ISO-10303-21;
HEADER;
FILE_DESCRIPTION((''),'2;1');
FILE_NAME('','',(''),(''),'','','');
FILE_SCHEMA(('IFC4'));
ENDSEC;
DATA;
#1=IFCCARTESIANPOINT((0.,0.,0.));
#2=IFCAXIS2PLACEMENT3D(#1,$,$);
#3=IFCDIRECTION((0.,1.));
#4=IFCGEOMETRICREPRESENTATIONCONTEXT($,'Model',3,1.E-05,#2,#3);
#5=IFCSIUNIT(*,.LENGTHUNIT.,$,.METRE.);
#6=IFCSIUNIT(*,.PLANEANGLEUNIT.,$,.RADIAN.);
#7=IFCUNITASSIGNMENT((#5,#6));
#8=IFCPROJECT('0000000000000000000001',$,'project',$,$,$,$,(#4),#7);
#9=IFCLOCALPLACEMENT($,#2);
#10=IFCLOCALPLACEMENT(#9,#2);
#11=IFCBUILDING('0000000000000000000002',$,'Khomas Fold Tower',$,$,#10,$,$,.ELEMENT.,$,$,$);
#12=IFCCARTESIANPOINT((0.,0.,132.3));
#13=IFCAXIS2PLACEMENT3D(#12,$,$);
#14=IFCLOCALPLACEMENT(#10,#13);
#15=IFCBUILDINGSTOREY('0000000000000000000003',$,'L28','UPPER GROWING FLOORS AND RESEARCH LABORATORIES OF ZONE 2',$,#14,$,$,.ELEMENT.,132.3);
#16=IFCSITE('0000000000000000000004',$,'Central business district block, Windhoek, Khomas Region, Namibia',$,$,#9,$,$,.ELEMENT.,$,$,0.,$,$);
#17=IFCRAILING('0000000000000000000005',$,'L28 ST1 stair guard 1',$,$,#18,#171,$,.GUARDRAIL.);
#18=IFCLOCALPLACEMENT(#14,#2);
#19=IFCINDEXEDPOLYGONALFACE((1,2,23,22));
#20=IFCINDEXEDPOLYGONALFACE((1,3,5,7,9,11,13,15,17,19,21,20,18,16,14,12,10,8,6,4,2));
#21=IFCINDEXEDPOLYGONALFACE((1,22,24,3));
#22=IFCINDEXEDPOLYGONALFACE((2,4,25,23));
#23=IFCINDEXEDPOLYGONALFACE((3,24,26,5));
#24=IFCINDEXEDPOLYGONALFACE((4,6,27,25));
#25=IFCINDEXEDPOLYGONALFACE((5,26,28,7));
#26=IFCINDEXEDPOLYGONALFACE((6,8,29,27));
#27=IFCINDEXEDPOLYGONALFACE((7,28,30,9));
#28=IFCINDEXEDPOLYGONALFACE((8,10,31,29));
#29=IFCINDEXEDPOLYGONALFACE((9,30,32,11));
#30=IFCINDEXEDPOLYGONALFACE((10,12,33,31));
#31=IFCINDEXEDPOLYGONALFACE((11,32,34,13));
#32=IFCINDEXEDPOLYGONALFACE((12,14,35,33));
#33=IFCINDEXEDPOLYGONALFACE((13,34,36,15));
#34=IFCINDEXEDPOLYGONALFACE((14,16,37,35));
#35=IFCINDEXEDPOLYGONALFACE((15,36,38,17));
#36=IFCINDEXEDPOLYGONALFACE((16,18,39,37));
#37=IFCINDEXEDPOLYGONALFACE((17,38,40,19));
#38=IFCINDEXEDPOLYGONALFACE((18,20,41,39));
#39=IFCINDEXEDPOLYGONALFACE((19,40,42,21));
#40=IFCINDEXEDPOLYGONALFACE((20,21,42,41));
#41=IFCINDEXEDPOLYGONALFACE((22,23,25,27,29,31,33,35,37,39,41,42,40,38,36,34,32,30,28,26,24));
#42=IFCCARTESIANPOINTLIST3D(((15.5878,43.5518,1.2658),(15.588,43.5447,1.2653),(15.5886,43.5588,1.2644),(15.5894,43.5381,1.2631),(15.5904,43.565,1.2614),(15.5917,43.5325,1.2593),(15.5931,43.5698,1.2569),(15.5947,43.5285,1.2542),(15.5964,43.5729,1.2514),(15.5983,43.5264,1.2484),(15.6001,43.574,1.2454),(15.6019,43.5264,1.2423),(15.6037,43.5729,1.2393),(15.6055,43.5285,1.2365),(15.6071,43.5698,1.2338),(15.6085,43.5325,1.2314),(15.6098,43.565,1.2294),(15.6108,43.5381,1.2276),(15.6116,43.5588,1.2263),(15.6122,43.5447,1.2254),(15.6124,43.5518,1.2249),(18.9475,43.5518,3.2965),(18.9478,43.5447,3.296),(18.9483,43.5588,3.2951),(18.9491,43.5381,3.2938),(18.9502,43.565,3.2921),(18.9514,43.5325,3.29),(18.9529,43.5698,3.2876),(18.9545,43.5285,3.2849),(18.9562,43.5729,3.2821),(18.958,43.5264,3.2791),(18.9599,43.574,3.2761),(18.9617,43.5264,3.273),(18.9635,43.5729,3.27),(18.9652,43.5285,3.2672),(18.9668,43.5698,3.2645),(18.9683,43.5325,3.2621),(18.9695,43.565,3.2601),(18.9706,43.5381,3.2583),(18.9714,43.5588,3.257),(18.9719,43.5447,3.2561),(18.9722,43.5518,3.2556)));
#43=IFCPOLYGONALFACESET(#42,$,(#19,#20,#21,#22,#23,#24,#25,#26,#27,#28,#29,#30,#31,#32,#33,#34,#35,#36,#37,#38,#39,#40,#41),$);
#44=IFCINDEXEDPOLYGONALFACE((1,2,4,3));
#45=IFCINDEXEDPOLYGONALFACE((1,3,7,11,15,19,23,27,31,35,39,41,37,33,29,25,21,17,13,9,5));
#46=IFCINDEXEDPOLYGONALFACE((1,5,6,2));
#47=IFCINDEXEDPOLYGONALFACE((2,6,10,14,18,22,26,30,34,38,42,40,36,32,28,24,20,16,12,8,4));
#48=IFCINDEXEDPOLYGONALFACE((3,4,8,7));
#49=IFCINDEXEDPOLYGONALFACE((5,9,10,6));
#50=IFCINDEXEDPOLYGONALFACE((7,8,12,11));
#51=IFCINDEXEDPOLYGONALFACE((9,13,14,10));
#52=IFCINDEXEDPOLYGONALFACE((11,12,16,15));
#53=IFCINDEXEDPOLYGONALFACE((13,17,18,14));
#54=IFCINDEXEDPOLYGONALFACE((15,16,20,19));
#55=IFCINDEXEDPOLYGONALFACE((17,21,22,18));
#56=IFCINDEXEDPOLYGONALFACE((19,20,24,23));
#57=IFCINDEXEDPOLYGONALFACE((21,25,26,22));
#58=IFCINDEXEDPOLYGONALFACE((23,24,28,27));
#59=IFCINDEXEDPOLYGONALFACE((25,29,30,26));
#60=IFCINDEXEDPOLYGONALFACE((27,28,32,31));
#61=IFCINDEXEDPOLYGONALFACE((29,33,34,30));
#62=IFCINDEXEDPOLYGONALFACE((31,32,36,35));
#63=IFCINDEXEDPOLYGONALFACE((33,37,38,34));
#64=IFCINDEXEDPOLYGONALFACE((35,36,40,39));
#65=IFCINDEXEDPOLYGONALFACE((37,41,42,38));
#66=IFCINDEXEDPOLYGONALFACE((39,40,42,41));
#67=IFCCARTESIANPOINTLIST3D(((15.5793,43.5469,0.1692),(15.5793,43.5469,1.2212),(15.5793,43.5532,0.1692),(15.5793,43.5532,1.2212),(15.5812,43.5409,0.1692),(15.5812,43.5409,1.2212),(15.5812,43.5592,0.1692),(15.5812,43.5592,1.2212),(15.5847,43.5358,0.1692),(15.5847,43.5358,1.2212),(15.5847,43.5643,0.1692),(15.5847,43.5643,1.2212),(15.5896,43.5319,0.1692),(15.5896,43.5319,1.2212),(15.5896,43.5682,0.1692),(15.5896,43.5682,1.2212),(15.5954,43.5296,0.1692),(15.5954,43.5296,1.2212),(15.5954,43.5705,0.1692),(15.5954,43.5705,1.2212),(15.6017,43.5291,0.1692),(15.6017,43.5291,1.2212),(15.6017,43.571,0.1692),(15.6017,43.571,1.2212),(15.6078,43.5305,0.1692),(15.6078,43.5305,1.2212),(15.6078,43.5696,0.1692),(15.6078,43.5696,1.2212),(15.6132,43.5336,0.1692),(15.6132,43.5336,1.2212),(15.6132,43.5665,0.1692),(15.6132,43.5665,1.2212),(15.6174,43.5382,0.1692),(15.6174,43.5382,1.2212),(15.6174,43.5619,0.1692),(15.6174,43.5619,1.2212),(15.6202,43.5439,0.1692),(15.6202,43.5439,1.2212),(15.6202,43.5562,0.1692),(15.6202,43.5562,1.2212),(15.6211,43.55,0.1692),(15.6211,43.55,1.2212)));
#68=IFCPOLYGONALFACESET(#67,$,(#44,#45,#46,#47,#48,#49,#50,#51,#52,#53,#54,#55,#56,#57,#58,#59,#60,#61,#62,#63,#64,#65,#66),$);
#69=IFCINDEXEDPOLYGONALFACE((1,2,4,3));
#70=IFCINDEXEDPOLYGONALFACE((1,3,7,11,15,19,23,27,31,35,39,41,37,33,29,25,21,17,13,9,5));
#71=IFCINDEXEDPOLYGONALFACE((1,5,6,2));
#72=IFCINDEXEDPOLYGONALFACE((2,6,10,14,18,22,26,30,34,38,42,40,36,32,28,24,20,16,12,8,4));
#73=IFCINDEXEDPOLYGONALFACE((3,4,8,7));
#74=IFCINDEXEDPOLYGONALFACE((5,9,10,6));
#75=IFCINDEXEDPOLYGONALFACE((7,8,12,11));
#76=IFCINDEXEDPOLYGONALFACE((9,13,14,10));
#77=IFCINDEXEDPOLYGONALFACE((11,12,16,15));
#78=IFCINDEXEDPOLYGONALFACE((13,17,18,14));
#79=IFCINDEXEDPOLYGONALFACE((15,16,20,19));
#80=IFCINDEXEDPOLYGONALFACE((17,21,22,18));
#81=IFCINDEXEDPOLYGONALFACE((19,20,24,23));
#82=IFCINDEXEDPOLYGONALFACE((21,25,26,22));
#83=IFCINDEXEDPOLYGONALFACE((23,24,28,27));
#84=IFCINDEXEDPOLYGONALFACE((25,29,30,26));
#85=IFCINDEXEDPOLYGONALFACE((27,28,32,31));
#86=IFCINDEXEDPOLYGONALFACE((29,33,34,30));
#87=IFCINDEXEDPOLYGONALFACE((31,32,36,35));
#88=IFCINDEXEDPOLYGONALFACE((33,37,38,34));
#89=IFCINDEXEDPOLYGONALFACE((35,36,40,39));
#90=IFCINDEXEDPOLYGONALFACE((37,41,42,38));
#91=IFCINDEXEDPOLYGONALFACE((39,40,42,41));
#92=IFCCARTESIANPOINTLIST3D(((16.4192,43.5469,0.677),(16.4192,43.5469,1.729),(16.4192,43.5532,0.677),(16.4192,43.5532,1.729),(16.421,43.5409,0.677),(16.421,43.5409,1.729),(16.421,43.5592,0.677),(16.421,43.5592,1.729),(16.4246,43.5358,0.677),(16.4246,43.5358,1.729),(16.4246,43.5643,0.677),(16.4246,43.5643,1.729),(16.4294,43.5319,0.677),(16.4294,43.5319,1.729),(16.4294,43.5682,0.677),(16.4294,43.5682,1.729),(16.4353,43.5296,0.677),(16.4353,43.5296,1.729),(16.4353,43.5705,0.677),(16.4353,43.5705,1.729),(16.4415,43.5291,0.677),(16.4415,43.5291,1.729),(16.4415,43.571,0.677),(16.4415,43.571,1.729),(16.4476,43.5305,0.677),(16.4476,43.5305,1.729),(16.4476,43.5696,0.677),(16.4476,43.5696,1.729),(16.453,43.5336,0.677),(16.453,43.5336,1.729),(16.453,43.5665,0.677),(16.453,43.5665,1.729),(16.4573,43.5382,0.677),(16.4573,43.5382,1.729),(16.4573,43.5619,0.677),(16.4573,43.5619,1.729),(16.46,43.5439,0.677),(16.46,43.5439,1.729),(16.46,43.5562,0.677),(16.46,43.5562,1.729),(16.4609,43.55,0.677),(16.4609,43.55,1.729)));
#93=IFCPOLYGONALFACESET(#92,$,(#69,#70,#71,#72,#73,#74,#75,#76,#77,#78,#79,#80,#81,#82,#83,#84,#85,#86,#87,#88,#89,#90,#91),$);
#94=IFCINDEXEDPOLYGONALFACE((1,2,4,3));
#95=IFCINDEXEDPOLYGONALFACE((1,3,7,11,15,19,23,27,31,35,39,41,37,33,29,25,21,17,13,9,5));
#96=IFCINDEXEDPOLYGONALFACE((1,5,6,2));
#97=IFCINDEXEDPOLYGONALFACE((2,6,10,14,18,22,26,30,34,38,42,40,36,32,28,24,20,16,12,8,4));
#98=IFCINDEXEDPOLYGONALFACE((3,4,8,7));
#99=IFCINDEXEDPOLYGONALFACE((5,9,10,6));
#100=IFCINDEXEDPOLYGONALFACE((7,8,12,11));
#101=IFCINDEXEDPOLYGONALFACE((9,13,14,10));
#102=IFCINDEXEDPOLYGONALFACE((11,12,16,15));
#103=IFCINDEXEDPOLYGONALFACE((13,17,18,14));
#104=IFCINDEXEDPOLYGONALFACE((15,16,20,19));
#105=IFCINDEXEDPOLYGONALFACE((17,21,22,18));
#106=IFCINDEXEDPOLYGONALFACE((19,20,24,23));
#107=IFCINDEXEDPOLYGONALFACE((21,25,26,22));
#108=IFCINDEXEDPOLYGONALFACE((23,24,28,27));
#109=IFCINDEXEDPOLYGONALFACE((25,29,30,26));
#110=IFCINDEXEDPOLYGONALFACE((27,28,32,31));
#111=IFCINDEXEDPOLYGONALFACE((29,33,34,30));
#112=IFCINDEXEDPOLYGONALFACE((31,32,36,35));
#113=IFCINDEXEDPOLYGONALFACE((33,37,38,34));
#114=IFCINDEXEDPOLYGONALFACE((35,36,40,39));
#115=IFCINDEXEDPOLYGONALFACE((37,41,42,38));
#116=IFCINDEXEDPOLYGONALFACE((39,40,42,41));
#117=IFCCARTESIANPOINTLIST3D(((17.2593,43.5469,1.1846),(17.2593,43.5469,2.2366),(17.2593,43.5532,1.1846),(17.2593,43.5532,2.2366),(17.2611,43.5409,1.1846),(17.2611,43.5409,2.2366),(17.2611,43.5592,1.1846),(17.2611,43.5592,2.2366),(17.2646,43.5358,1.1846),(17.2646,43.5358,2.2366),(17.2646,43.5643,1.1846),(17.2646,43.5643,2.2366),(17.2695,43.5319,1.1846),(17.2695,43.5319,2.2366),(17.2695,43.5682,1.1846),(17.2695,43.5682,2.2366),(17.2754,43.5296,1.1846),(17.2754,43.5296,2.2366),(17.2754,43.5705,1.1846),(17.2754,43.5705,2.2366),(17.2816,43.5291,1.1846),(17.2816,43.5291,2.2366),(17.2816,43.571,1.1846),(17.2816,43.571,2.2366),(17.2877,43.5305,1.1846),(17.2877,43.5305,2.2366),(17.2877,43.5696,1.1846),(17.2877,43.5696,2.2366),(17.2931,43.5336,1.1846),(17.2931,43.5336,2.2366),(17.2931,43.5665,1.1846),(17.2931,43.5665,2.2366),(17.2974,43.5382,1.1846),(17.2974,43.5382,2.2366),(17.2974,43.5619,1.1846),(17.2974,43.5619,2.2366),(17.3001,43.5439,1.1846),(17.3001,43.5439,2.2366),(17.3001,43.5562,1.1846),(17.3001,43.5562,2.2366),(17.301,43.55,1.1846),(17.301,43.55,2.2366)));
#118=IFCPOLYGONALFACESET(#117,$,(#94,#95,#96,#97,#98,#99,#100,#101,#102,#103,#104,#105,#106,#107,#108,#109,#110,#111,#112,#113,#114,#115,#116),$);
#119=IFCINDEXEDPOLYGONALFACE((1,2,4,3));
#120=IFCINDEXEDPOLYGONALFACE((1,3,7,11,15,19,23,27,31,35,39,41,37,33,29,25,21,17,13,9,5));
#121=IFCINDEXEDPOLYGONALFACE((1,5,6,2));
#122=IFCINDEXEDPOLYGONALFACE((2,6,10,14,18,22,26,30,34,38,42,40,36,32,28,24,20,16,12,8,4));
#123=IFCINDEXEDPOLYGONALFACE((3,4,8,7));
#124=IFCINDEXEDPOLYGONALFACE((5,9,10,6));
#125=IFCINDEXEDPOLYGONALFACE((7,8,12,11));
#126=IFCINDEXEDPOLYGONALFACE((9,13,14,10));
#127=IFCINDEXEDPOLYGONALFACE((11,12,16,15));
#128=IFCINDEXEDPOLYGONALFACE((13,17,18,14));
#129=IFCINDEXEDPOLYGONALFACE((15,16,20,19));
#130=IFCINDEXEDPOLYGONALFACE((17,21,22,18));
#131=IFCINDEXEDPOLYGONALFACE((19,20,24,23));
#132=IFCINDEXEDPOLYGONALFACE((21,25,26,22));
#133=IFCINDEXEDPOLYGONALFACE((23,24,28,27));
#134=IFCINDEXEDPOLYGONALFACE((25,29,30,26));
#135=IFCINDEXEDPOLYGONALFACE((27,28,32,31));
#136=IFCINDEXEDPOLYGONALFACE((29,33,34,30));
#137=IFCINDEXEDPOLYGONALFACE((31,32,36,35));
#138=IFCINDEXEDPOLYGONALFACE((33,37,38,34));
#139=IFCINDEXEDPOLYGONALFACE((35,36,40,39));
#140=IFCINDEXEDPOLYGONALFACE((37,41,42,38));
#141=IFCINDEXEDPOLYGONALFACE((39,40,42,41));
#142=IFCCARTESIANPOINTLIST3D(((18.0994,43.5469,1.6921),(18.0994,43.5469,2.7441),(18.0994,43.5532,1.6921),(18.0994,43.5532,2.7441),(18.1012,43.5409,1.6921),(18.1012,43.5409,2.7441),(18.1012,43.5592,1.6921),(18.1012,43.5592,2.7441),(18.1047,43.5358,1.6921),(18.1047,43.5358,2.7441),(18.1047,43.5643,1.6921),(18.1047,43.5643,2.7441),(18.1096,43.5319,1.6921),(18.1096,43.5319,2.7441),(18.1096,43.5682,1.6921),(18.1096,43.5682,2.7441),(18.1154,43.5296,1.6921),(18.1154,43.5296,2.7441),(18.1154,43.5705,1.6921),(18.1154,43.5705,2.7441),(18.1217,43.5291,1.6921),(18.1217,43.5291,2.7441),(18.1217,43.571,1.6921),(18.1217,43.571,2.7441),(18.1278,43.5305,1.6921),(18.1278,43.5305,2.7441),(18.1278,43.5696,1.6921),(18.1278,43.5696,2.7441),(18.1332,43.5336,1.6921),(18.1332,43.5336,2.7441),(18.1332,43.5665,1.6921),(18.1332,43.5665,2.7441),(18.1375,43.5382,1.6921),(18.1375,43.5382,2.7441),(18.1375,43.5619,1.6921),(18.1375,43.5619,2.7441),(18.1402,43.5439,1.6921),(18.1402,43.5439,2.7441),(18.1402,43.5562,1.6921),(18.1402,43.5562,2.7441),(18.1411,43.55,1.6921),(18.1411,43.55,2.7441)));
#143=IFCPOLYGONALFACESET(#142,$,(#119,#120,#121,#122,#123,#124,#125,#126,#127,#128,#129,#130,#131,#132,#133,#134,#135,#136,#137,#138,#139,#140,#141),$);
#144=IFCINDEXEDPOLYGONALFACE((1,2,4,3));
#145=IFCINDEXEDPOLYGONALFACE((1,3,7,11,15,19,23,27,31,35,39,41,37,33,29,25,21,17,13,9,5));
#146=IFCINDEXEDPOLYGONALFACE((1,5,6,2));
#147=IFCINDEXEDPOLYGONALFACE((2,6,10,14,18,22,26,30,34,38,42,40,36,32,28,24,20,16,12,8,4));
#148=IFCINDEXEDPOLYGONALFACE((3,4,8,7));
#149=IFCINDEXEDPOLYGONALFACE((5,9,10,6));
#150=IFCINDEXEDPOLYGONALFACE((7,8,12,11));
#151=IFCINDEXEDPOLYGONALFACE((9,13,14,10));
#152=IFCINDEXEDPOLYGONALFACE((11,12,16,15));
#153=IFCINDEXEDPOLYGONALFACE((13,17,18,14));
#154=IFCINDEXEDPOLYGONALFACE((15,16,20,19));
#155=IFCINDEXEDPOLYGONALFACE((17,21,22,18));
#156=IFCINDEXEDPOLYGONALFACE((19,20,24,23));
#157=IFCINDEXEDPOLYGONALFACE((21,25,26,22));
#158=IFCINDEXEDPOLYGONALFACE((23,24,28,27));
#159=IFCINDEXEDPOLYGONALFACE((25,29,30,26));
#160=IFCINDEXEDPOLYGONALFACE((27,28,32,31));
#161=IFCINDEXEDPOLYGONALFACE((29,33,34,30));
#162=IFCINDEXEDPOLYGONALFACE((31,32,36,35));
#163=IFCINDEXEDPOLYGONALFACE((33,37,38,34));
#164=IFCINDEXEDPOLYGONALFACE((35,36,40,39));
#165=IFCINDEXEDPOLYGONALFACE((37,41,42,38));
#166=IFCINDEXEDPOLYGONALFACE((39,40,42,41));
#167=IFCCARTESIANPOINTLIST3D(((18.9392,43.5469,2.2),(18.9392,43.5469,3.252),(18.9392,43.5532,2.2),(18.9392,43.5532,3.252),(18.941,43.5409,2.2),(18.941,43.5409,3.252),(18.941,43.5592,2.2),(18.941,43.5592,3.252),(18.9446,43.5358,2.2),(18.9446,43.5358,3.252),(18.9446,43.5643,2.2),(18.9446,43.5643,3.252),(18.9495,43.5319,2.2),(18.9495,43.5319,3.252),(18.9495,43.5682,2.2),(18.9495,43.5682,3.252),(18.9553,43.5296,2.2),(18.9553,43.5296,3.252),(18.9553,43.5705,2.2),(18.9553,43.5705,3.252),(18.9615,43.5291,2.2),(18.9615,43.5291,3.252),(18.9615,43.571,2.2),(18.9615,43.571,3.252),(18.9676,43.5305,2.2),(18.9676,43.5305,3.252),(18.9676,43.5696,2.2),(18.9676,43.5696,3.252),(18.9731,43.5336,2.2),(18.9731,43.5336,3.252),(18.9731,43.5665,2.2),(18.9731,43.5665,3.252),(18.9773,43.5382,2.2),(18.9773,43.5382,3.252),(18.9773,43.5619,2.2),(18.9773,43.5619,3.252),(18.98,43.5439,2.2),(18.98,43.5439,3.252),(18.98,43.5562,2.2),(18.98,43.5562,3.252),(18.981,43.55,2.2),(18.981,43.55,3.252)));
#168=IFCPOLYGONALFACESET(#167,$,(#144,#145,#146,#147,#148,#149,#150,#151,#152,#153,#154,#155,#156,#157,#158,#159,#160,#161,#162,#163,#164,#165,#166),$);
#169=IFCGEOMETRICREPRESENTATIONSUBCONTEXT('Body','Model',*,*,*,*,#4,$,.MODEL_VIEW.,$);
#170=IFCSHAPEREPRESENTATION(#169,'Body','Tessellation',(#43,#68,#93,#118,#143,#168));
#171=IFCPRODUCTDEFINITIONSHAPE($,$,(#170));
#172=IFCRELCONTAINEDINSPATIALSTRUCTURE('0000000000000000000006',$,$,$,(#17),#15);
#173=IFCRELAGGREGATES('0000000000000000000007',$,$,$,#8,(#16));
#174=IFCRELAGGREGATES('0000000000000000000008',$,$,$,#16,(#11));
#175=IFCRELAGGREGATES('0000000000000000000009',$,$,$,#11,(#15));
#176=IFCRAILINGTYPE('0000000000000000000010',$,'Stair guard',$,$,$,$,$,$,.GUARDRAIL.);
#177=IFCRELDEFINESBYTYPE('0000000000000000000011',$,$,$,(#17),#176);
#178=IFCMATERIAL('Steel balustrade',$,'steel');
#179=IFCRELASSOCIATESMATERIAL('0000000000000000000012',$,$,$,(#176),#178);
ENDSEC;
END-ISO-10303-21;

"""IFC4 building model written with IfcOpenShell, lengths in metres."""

from ifc_helpers import new_model, si_unit, direction, frame, origin, origin_2d, place, context, subcontext, project, spatial, circle, extrude, source, transform, mapped, material, type_object, element, save


model = new_model("IFC4")

# Units and contexts
model_context = context("Model", 3, precision=1e-05, world=origin(), true_north=direction((0.0, 1.0)))
body_context = subcontext(model_context, "Body", "Model", "MODEL_VIEW")
ifc_project = project(units=[si_unit("LENGTHUNIT", "METRE"), si_unit("PLANEANGLEUNIT", "RADIAN")], contexts=[model_context])

# Site, building, storey
site_placement = place(None, origin())
site = spatial("IfcSite", under=ifc_project, at=site_placement, Name="Central business district block, Windhoek, Khomas Region, Namibia", CompositionType="ELEMENT", RefElevation=0.0)
building_placement = place(site_placement, origin())
building = spatial("IfcBuilding", under=site, at=building_placement, Name="Khomas Fold Tower", CompositionType="ELEMENT")
storey_placement = place(building_placement, frame((0.0, 0.0, 132.3)))
storey = spatial("IfcBuildingStorey", under=building, at=storey_placement, Name="L28", Description="UPPER GROWING FLOORS AND RESEARCH LABORATORIES OF ZONE 2", CompositionType="ELEMENT", Elevation=132.3)

# Railing
ifc_material_1 = material(Name="Steel balustrade", Category="steel")
railing_type_1 = type_object("IfcRailingType", Name="Stair guard", PredefinedType="GUARDRAIL", material=ifc_material_1)
shared_shape_1 = source(origin(), body_context, "Body", "SweptSolid", [
    extrude(circle(Radius=0.0239, at=origin_2d()), frame((0.0, 0.0, 1.0762), z_axis=(0.85582, 0.0, 0.517273), x_axis=(0.0, 1.0, 0.0)), (0.0, 0.0, 1.0), 3.9258),
    extrude(circle(Radius=0.021, at=origin_2d()), origin(), (0.0, 0.0, 1.0), 1.052),
    extrude(circle(Radius=0.021, at=origin_2d()), frame((0.8398, 0.0, 0.5078)), (0.0, 0.0, 1.0), 1.052),
    extrude(circle(Radius=0.021, at=origin_2d()), frame((1.6799, 0.0, 1.0154)), (0.0, 0.0, 1.0), 1.052),
    extrude(circle(Radius=0.021, at=origin_2d()), frame((2.52, 0.0, 1.5229)), (0.0, 0.0, 1.0), 1.052),
    extrude(circle(Radius=0.021, at=origin_2d()), frame((3.3599, 0.0, 2.0308)), (0.0, 0.0, 1.0), 1.052),
])
railing_1_placement = place(storey_placement, frame((15.6001, 43.55, 0.1692)))
element("IfcRailing", 1, at=railing_1_placement, inside=storey, type_object=railing_type_1, Name="L28 ST1 stair guard 1", PredefinedType="GUARDRAIL", context=body_context, shape_type="MappedRepresentation", body=[
    mapped(shared_shape_1, transform((0.0, 0.0, 0.0))),
])

save(model, "model.ifc")
